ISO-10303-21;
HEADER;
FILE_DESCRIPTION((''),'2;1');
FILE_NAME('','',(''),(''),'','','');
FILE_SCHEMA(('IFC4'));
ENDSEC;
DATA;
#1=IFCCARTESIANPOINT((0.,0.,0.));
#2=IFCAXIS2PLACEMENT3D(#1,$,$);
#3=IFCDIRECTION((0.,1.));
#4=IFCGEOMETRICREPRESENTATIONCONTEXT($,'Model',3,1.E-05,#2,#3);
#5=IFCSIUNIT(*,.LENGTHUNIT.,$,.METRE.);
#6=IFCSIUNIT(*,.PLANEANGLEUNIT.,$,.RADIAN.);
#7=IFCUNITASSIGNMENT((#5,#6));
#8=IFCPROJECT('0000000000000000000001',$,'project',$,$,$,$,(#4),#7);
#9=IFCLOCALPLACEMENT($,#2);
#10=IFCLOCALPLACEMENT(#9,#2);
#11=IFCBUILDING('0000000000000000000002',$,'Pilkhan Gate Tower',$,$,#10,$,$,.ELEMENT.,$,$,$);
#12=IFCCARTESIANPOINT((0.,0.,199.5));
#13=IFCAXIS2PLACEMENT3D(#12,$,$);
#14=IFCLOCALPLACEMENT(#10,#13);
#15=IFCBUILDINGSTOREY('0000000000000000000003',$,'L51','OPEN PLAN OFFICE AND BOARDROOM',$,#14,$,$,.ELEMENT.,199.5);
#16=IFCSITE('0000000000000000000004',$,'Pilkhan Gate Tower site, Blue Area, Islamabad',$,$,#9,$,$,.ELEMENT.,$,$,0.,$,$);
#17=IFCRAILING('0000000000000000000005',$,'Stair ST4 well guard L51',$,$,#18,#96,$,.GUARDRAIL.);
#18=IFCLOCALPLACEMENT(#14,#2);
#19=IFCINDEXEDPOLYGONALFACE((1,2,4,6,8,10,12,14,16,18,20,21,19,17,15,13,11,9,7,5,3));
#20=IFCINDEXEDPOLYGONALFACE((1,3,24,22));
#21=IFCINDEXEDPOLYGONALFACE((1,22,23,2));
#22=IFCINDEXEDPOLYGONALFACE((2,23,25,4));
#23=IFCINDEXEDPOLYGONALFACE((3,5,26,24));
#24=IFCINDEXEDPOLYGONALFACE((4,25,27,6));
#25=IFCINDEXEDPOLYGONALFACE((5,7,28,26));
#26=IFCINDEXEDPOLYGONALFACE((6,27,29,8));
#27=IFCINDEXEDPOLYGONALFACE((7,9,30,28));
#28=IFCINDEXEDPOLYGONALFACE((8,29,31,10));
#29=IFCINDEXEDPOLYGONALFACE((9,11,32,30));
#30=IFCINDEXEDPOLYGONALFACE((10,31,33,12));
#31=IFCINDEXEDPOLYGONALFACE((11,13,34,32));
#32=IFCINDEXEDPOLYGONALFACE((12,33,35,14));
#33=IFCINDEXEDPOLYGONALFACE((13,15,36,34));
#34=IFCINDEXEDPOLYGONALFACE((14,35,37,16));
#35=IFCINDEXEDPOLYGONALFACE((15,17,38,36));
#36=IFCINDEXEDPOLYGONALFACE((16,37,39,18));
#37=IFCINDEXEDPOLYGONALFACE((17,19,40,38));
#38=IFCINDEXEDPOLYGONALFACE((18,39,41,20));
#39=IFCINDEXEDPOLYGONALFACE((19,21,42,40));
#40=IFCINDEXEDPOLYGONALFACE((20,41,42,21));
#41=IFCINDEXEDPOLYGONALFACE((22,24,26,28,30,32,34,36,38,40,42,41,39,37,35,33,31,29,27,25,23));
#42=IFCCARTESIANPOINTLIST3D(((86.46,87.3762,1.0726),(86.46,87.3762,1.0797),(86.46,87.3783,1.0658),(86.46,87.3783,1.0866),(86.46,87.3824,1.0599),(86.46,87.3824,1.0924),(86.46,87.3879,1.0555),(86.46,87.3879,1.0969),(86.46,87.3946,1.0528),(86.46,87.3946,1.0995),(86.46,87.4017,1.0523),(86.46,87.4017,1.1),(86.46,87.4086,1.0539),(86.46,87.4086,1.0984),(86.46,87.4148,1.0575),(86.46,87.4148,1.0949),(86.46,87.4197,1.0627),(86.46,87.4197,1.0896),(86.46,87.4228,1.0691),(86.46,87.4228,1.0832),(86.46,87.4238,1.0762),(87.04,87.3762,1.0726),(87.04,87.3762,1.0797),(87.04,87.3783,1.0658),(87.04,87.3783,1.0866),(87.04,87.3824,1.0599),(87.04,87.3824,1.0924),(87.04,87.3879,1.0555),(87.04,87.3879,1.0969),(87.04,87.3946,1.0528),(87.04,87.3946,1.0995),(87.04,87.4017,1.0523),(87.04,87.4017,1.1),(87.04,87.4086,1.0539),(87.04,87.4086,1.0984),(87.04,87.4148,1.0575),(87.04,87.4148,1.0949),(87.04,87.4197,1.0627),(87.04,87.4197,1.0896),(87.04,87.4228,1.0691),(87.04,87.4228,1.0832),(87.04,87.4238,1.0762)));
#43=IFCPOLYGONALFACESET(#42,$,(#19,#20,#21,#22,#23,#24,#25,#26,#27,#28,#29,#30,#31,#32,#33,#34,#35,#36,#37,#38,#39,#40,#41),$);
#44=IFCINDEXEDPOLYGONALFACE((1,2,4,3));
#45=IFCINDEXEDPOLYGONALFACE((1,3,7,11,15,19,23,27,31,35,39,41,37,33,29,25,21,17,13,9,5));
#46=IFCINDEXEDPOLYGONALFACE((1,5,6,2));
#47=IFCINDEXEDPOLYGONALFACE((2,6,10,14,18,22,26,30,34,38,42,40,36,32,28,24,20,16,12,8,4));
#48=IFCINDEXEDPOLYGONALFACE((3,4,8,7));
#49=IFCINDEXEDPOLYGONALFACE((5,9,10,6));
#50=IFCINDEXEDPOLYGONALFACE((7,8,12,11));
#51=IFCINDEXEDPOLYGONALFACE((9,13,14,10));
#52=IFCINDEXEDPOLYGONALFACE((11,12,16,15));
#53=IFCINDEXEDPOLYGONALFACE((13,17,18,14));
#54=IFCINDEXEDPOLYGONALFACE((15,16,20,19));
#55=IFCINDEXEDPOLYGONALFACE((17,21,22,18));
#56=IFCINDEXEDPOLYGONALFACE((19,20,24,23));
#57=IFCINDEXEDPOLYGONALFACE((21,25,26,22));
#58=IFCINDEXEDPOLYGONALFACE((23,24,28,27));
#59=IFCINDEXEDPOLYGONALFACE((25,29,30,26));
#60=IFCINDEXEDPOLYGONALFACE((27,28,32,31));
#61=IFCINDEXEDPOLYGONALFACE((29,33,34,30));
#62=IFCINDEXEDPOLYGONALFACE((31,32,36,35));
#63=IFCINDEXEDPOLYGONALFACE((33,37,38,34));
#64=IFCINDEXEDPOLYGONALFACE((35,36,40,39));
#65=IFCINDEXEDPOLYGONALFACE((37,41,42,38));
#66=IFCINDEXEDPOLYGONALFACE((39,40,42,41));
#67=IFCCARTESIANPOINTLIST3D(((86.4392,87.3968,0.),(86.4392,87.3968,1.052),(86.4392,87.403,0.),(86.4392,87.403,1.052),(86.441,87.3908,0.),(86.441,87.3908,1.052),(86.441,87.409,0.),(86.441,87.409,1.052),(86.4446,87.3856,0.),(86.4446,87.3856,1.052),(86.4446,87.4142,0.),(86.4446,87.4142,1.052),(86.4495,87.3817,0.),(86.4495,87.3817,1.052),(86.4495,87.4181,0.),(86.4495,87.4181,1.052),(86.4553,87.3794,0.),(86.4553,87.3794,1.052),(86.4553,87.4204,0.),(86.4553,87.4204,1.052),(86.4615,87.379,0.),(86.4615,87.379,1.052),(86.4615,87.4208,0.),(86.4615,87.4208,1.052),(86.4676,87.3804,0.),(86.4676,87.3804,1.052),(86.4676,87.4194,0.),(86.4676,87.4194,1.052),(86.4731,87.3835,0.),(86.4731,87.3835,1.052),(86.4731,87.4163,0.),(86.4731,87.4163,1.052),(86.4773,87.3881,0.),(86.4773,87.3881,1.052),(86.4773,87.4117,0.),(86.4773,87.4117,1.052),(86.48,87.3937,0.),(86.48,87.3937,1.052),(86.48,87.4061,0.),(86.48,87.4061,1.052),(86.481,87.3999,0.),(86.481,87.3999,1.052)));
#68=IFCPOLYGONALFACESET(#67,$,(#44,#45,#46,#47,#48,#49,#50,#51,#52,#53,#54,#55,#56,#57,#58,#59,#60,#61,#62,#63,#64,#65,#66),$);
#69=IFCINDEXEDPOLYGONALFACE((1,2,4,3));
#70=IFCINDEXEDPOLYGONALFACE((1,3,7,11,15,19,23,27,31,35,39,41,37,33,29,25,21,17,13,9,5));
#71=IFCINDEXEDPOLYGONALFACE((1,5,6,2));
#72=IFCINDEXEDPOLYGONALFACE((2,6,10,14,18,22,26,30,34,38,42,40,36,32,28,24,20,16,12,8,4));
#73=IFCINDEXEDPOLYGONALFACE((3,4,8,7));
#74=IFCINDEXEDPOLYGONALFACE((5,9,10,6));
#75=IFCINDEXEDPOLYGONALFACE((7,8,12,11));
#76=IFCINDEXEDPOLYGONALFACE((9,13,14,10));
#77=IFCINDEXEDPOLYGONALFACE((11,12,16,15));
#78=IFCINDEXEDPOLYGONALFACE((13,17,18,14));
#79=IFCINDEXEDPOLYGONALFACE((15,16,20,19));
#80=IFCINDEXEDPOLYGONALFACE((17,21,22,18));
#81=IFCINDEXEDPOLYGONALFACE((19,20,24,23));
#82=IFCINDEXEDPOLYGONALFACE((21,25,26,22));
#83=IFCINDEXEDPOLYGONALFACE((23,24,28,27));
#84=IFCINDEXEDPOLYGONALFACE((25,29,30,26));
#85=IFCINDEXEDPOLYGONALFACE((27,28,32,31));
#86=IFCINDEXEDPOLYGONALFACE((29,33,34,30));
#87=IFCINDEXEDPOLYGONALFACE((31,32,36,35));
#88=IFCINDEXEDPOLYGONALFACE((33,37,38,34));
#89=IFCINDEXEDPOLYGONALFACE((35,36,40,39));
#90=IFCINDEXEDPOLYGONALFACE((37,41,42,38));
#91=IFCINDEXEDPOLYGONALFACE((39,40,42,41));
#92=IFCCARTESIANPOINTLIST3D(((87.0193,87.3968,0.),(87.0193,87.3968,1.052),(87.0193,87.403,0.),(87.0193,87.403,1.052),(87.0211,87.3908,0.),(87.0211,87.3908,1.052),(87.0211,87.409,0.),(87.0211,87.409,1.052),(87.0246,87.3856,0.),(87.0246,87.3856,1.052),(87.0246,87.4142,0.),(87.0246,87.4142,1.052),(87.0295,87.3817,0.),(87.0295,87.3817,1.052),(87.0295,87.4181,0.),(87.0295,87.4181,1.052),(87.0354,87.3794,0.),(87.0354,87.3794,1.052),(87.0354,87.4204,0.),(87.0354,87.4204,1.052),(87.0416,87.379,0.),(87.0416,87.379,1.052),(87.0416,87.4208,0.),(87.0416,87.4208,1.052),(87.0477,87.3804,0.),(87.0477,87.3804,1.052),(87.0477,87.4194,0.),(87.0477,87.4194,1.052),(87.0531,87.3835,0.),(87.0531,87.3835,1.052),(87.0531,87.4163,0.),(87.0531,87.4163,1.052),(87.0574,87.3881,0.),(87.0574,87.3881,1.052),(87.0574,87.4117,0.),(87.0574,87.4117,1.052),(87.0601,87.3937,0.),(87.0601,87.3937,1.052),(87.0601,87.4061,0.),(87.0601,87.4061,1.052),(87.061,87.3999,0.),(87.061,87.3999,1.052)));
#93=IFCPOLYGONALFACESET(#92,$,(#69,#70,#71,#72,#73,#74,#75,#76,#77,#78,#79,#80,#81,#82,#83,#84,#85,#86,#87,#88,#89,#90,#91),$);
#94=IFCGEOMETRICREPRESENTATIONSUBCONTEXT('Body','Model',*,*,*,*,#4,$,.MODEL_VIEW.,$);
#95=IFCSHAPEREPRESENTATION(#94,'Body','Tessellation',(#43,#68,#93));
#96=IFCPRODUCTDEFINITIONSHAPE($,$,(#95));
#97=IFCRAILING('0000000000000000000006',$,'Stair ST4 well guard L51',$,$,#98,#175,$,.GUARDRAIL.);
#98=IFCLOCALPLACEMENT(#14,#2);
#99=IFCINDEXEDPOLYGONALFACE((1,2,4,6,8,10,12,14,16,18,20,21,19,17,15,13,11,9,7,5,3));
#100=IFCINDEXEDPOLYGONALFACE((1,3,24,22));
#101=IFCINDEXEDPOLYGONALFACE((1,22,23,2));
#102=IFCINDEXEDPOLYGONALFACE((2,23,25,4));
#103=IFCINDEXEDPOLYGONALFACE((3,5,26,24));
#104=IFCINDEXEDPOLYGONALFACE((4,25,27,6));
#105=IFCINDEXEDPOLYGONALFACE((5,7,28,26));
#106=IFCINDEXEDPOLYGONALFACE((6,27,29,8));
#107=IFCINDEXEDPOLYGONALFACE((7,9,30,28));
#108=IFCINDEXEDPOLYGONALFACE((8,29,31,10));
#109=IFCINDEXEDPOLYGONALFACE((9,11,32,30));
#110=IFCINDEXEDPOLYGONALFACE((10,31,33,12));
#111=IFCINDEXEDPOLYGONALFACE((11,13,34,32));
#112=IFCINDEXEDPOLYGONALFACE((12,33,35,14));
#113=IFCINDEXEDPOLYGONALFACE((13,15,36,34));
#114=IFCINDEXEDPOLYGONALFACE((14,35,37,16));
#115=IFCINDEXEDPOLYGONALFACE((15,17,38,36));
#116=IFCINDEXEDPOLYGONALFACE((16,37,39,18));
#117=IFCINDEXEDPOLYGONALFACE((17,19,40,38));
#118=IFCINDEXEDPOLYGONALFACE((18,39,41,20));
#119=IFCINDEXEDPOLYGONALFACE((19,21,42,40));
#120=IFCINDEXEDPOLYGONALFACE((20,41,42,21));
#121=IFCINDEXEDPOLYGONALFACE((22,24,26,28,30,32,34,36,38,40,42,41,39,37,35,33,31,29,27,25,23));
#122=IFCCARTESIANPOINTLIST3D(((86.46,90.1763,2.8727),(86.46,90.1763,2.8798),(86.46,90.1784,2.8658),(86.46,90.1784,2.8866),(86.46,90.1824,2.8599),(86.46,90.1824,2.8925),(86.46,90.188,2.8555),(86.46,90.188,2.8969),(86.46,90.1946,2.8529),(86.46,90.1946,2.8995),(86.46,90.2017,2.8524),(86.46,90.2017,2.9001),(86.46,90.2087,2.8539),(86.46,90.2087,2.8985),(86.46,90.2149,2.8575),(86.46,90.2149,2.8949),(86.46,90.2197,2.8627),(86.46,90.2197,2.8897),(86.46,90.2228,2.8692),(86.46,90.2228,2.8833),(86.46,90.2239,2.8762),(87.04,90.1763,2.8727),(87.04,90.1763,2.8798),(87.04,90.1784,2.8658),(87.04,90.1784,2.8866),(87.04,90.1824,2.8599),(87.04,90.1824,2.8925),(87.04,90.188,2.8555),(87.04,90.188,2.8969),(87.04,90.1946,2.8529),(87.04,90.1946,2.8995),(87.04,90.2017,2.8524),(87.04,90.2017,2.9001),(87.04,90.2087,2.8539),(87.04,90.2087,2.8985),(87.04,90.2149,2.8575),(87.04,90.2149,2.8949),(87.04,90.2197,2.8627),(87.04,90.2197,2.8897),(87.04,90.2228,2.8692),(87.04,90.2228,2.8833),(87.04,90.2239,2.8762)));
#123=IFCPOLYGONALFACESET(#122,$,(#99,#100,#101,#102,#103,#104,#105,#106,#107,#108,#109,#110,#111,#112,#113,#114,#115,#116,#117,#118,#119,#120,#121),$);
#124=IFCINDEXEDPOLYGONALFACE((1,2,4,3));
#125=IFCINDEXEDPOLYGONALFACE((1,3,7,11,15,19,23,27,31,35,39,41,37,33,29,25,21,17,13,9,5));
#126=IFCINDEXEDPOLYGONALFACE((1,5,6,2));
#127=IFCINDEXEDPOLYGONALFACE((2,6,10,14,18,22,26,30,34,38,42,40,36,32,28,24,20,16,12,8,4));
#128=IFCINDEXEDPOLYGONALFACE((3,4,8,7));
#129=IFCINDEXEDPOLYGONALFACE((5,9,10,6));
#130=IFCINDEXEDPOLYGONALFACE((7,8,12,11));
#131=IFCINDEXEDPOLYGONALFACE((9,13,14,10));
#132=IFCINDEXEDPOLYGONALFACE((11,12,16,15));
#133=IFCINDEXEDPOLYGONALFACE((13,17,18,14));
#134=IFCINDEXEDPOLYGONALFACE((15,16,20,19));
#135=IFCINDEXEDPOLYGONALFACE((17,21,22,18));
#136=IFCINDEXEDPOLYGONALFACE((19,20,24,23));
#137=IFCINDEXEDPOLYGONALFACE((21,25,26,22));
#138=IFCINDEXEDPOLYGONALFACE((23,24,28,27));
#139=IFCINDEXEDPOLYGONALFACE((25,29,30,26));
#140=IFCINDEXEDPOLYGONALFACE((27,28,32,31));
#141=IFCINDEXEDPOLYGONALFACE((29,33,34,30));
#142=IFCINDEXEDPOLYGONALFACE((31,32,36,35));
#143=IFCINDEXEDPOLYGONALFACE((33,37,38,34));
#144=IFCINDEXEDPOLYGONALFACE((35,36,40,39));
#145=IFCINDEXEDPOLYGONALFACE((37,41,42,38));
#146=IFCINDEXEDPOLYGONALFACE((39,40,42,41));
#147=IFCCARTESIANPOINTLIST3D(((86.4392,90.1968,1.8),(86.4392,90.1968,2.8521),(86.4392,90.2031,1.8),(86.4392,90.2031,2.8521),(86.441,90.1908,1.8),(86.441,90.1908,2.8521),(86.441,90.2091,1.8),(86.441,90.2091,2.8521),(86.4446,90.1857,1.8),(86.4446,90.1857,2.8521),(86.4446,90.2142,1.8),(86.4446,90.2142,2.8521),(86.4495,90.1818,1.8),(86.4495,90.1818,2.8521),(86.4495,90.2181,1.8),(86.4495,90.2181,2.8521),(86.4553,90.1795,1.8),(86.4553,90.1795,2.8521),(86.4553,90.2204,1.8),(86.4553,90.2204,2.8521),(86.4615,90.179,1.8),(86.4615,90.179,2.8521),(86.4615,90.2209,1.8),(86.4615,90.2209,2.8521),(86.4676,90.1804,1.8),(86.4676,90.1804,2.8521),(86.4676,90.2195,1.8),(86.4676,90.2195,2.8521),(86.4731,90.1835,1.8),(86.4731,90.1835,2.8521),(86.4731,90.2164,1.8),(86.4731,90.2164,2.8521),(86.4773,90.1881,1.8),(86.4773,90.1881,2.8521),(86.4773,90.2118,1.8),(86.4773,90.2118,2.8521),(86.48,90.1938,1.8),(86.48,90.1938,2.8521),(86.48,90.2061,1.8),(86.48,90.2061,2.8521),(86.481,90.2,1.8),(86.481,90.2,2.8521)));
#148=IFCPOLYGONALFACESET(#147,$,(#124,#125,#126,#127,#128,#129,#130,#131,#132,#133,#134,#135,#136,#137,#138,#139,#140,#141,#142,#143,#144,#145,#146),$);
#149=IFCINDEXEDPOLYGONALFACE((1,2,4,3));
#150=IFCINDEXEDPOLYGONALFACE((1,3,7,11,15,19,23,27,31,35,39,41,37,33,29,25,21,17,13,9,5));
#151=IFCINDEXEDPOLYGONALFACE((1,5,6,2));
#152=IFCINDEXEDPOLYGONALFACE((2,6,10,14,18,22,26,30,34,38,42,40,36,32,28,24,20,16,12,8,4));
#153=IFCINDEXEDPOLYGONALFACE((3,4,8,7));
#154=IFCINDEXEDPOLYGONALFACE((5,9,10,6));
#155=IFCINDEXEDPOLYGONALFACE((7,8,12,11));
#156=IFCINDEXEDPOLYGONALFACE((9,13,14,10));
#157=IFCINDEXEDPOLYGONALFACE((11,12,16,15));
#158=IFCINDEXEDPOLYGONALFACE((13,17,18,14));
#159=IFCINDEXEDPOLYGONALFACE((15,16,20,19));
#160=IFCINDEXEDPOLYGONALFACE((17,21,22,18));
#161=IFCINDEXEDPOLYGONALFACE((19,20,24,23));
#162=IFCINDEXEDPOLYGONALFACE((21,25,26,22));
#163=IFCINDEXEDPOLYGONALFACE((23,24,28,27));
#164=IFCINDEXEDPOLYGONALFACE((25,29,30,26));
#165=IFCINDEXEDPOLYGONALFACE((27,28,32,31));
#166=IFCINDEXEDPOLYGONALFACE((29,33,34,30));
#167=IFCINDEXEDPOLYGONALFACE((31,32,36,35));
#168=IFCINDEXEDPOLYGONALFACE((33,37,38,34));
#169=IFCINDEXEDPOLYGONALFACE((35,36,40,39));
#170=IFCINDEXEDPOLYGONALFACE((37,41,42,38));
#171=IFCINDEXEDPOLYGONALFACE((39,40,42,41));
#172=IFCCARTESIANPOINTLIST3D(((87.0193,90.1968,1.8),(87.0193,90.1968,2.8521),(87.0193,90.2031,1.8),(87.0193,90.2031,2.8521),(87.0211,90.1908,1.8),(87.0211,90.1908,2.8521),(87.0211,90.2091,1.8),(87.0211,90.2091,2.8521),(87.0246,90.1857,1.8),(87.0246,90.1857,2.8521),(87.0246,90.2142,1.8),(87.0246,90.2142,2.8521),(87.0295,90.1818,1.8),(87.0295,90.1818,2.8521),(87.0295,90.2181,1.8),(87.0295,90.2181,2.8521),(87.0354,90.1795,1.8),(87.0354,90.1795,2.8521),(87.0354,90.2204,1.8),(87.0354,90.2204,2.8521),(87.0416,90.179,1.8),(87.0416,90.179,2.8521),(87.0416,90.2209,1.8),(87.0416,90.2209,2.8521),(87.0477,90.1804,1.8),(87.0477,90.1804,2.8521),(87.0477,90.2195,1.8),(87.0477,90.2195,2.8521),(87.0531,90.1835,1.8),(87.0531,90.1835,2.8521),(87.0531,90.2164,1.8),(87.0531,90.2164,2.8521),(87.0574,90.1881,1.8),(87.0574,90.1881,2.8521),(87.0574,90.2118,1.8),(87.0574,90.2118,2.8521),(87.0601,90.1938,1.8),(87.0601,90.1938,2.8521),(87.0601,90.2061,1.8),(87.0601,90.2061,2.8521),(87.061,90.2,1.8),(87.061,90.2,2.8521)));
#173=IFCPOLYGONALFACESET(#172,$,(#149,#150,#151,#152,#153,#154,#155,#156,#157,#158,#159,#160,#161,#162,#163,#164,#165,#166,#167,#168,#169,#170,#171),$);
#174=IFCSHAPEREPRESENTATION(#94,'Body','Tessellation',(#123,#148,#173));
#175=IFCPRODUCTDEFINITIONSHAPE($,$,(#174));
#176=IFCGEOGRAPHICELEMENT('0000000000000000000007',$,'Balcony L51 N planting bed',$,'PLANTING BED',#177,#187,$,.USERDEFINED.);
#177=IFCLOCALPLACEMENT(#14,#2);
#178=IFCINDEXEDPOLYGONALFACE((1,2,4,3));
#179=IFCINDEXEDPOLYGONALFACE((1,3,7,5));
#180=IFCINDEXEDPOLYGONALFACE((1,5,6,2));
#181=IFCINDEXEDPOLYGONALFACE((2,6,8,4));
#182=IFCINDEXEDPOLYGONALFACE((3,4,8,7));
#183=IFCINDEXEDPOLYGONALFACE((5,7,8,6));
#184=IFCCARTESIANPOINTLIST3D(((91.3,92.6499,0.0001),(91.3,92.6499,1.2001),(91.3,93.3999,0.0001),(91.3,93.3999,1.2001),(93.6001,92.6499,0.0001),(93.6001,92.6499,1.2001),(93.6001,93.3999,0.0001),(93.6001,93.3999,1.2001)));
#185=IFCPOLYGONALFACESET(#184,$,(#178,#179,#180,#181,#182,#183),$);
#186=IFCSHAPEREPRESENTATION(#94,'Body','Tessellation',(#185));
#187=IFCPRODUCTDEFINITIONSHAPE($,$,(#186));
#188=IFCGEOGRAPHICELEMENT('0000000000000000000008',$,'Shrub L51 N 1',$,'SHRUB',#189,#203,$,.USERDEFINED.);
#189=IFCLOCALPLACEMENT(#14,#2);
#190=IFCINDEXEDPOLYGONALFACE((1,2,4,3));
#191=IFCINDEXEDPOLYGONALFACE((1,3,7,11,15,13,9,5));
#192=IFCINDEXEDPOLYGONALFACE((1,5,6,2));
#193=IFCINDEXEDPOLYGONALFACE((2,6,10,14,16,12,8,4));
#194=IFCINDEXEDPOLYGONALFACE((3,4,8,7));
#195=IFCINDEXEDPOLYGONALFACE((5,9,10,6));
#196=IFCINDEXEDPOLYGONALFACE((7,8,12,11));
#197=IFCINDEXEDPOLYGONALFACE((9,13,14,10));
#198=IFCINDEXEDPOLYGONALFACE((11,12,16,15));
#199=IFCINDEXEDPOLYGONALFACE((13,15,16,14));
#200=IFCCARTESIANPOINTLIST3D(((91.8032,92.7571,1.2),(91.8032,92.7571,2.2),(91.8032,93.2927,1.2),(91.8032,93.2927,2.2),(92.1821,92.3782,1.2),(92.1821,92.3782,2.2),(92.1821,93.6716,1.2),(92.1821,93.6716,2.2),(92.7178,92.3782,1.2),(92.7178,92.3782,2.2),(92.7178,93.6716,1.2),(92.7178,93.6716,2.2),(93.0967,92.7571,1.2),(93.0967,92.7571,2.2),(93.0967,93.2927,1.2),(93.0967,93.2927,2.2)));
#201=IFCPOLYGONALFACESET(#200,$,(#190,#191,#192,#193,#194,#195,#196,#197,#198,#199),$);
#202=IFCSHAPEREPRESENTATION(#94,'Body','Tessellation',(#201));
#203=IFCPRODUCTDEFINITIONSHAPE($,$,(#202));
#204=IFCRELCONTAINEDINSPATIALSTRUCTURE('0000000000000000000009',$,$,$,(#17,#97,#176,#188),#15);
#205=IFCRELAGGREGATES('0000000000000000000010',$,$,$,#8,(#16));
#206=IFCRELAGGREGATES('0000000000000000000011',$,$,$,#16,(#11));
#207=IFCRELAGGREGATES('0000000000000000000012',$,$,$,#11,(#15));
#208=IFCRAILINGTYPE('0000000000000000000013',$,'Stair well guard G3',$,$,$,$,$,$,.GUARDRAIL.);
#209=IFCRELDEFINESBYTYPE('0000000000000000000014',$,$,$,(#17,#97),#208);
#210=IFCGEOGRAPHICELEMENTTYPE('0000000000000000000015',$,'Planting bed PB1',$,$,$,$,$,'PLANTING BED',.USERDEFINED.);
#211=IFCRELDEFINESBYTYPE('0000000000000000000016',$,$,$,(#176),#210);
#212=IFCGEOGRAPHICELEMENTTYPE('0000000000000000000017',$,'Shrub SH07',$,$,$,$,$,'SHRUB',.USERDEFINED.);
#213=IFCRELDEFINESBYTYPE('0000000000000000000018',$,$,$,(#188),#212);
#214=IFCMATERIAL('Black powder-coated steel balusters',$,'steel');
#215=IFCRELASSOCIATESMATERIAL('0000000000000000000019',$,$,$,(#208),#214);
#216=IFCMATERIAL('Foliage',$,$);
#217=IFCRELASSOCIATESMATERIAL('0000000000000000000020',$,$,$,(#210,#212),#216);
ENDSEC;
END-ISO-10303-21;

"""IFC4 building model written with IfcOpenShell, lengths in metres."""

from ifc_helpers import new_model, si_unit, direction, frame, origin, origin_2d, place, context, subcontext, project, spatial, polyline, rectangle, circle, outline, extrude, material, material_profile, profile_set, type_object, element, save


model = new_model("IFC4")

# Units and contexts
model_context = context("Model", 3, precision=1e-05, world=origin(), true_north=direction((0.0, 1.0)))
body_context = subcontext(model_context, "Body", "Model", "MODEL_VIEW")
ifc_project = project(units=[si_unit("LENGTHUNIT", "METRE"), si_unit("PLANEANGLEUNIT", "RADIAN")], contexts=[model_context])

# Site, building, storey
site_placement = place(None, origin())
site = spatial("IfcSite", under=ifc_project, at=site_placement, Name="Pilkhan Gate Tower site, Blue Area, Islamabad", CompositionType="ELEMENT", RefElevation=0.0)
building_placement = place(site_placement, origin())
building = spatial("IfcBuilding", under=site, at=building_placement, Name="Pilkhan Gate Tower", CompositionType="ELEMENT")
storey_placement = place(building_placement, frame((0.0, 0.0, 199.5)))
storey = spatial("IfcBuildingStorey", under=building, at=storey_placement, Name="L51", Description="OPEN PLAN OFFICE AND BOARDROOM", CompositionType="ELEMENT", Elevation=199.5)

# Railings
ifc_material_1 = material(Name="Black powder-coated steel balusters", Category="steel")
railing_type_1 = type_object("IfcRailingType", Name="Stair well guard G3", PredefinedType="GUARDRAIL", material=ifc_material_1)
for number, where, name in (
    (1, (86.46, 87.3999, 0.0), "Stair ST4 well guard L51"),
    (2, (86.46, 90.2, 1.8), "Stair ST4 well guard L51"),
):
    element("IfcRailing", number, at=place(storey_placement, frame(where)), inside=storey, type_object=railing_type_1, Name=name, PredefinedType="GUARDRAIL", context=body_context, shape_type="SweptSolid", body=[
        extrude(circle(Radius=0.0239, at=origin_2d()), frame((0.0, 0.0, 1.0762), z_axis=(1.0, 0.0, 0.0), x_axis=(0.0, 1.0, 0.0)), (0.0, 0.0, 1.0), 0.5801),
        extrude(circle(Radius=0.021, at=origin_2d()), origin(), (0.0, 0.0, 1.0), 1.052),
        extrude(circle(Radius=0.021, at=origin_2d()), frame((0.5801, 0.0, 0.0)), (0.0, 0.0, 1.0), 1.052),
    ])

# Geographic elements
ifc_material_2 = material(Name="Foliage")
ifc_material_profile_1 = material_profile(ifc_material_2, rectangle(XDim=0.75, YDim=1.2, at=origin_2d()), Name="Bed 750x1200")
ifc_profile_set_1 = profile_set([ifc_material_profile_1], Name="Foliage")
geographic_element_type_1 = type_object("IfcGeographicElementType", Name="Planting bed PB1", ElementType="PLANTING BED", PredefinedType="USERDEFINED", material=ifc_profile_set_1)
geographic_element_1_placement = place(storey_placement, frame((91.3, 93.0249, 0.6001), z_axis=(1.0, 0.0, 0.0), x_axis=(0.0, 1.0, 0.0)))
element("IfcGeographicElement", 3, at=geographic_element_1_placement, inside=storey, type_object=geographic_element_type_1, Name="Balcony L51 N planting bed", ObjectType="PLANTING BED", PredefinedType="USERDEFINED", context=body_context, shape_type="SweptSolid", body=[
    extrude(rectangle(XDim=0.75, YDim=1.2, at=origin_2d()), origin(), (0.0, 0.0, 1.0), 2.3),
])
ifc_material_profile_2 = material_profile(ifc_material_2, outline(polyline([(0.6467, 0.2678), (0.2678, 0.6467), (-0.2678, 0.6467), (-0.6467, 0.2678), (-0.6467, -0.2678), (-0.2678, -0.6467), (0.2678, -0.6467), (0.6467, -0.2678), (0.6467, 0.2678)])), Name="Shrub D1.4")
ifc_profile_set_2 = profile_set([ifc_material_profile_2], Name="Foliage")
geographic_element_type_2 = type_object("IfcGeographicElementType", Name="Shrub SH07", ElementType="SHRUB", PredefinedType="USERDEFINED", material=ifc_profile_set_2)
geographic_element_2_placement = place(storey_placement, frame((92.45, 93.0249, 1.2), z_axis=(0.0, 0.0, 1.0), x_axis=(1.0, 0.0, 0.0)))
element("IfcGeographicElement", 4, at=geographic_element_2_placement, inside=storey, type_object=geographic_element_type_2, Name="Shrub L51 N 1", ObjectType="SHRUB", PredefinedType="USERDEFINED", context=body_context, shape_type="SweptSolid", body=[
    extrude(outline(polyline([(0.6467, 0.2678), (0.2678, 0.6467), (-0.2678, 0.6467), (-0.6467, 0.2678), (-0.6467, -0.2678), (-0.2678, -0.6467), (0.2678, -0.6467), (0.6467, -0.2678), (0.6467, 0.2678)])), origin(), (0.0, 0.0, 1.0), 1.0),
])

save(model, "model.ifc")
